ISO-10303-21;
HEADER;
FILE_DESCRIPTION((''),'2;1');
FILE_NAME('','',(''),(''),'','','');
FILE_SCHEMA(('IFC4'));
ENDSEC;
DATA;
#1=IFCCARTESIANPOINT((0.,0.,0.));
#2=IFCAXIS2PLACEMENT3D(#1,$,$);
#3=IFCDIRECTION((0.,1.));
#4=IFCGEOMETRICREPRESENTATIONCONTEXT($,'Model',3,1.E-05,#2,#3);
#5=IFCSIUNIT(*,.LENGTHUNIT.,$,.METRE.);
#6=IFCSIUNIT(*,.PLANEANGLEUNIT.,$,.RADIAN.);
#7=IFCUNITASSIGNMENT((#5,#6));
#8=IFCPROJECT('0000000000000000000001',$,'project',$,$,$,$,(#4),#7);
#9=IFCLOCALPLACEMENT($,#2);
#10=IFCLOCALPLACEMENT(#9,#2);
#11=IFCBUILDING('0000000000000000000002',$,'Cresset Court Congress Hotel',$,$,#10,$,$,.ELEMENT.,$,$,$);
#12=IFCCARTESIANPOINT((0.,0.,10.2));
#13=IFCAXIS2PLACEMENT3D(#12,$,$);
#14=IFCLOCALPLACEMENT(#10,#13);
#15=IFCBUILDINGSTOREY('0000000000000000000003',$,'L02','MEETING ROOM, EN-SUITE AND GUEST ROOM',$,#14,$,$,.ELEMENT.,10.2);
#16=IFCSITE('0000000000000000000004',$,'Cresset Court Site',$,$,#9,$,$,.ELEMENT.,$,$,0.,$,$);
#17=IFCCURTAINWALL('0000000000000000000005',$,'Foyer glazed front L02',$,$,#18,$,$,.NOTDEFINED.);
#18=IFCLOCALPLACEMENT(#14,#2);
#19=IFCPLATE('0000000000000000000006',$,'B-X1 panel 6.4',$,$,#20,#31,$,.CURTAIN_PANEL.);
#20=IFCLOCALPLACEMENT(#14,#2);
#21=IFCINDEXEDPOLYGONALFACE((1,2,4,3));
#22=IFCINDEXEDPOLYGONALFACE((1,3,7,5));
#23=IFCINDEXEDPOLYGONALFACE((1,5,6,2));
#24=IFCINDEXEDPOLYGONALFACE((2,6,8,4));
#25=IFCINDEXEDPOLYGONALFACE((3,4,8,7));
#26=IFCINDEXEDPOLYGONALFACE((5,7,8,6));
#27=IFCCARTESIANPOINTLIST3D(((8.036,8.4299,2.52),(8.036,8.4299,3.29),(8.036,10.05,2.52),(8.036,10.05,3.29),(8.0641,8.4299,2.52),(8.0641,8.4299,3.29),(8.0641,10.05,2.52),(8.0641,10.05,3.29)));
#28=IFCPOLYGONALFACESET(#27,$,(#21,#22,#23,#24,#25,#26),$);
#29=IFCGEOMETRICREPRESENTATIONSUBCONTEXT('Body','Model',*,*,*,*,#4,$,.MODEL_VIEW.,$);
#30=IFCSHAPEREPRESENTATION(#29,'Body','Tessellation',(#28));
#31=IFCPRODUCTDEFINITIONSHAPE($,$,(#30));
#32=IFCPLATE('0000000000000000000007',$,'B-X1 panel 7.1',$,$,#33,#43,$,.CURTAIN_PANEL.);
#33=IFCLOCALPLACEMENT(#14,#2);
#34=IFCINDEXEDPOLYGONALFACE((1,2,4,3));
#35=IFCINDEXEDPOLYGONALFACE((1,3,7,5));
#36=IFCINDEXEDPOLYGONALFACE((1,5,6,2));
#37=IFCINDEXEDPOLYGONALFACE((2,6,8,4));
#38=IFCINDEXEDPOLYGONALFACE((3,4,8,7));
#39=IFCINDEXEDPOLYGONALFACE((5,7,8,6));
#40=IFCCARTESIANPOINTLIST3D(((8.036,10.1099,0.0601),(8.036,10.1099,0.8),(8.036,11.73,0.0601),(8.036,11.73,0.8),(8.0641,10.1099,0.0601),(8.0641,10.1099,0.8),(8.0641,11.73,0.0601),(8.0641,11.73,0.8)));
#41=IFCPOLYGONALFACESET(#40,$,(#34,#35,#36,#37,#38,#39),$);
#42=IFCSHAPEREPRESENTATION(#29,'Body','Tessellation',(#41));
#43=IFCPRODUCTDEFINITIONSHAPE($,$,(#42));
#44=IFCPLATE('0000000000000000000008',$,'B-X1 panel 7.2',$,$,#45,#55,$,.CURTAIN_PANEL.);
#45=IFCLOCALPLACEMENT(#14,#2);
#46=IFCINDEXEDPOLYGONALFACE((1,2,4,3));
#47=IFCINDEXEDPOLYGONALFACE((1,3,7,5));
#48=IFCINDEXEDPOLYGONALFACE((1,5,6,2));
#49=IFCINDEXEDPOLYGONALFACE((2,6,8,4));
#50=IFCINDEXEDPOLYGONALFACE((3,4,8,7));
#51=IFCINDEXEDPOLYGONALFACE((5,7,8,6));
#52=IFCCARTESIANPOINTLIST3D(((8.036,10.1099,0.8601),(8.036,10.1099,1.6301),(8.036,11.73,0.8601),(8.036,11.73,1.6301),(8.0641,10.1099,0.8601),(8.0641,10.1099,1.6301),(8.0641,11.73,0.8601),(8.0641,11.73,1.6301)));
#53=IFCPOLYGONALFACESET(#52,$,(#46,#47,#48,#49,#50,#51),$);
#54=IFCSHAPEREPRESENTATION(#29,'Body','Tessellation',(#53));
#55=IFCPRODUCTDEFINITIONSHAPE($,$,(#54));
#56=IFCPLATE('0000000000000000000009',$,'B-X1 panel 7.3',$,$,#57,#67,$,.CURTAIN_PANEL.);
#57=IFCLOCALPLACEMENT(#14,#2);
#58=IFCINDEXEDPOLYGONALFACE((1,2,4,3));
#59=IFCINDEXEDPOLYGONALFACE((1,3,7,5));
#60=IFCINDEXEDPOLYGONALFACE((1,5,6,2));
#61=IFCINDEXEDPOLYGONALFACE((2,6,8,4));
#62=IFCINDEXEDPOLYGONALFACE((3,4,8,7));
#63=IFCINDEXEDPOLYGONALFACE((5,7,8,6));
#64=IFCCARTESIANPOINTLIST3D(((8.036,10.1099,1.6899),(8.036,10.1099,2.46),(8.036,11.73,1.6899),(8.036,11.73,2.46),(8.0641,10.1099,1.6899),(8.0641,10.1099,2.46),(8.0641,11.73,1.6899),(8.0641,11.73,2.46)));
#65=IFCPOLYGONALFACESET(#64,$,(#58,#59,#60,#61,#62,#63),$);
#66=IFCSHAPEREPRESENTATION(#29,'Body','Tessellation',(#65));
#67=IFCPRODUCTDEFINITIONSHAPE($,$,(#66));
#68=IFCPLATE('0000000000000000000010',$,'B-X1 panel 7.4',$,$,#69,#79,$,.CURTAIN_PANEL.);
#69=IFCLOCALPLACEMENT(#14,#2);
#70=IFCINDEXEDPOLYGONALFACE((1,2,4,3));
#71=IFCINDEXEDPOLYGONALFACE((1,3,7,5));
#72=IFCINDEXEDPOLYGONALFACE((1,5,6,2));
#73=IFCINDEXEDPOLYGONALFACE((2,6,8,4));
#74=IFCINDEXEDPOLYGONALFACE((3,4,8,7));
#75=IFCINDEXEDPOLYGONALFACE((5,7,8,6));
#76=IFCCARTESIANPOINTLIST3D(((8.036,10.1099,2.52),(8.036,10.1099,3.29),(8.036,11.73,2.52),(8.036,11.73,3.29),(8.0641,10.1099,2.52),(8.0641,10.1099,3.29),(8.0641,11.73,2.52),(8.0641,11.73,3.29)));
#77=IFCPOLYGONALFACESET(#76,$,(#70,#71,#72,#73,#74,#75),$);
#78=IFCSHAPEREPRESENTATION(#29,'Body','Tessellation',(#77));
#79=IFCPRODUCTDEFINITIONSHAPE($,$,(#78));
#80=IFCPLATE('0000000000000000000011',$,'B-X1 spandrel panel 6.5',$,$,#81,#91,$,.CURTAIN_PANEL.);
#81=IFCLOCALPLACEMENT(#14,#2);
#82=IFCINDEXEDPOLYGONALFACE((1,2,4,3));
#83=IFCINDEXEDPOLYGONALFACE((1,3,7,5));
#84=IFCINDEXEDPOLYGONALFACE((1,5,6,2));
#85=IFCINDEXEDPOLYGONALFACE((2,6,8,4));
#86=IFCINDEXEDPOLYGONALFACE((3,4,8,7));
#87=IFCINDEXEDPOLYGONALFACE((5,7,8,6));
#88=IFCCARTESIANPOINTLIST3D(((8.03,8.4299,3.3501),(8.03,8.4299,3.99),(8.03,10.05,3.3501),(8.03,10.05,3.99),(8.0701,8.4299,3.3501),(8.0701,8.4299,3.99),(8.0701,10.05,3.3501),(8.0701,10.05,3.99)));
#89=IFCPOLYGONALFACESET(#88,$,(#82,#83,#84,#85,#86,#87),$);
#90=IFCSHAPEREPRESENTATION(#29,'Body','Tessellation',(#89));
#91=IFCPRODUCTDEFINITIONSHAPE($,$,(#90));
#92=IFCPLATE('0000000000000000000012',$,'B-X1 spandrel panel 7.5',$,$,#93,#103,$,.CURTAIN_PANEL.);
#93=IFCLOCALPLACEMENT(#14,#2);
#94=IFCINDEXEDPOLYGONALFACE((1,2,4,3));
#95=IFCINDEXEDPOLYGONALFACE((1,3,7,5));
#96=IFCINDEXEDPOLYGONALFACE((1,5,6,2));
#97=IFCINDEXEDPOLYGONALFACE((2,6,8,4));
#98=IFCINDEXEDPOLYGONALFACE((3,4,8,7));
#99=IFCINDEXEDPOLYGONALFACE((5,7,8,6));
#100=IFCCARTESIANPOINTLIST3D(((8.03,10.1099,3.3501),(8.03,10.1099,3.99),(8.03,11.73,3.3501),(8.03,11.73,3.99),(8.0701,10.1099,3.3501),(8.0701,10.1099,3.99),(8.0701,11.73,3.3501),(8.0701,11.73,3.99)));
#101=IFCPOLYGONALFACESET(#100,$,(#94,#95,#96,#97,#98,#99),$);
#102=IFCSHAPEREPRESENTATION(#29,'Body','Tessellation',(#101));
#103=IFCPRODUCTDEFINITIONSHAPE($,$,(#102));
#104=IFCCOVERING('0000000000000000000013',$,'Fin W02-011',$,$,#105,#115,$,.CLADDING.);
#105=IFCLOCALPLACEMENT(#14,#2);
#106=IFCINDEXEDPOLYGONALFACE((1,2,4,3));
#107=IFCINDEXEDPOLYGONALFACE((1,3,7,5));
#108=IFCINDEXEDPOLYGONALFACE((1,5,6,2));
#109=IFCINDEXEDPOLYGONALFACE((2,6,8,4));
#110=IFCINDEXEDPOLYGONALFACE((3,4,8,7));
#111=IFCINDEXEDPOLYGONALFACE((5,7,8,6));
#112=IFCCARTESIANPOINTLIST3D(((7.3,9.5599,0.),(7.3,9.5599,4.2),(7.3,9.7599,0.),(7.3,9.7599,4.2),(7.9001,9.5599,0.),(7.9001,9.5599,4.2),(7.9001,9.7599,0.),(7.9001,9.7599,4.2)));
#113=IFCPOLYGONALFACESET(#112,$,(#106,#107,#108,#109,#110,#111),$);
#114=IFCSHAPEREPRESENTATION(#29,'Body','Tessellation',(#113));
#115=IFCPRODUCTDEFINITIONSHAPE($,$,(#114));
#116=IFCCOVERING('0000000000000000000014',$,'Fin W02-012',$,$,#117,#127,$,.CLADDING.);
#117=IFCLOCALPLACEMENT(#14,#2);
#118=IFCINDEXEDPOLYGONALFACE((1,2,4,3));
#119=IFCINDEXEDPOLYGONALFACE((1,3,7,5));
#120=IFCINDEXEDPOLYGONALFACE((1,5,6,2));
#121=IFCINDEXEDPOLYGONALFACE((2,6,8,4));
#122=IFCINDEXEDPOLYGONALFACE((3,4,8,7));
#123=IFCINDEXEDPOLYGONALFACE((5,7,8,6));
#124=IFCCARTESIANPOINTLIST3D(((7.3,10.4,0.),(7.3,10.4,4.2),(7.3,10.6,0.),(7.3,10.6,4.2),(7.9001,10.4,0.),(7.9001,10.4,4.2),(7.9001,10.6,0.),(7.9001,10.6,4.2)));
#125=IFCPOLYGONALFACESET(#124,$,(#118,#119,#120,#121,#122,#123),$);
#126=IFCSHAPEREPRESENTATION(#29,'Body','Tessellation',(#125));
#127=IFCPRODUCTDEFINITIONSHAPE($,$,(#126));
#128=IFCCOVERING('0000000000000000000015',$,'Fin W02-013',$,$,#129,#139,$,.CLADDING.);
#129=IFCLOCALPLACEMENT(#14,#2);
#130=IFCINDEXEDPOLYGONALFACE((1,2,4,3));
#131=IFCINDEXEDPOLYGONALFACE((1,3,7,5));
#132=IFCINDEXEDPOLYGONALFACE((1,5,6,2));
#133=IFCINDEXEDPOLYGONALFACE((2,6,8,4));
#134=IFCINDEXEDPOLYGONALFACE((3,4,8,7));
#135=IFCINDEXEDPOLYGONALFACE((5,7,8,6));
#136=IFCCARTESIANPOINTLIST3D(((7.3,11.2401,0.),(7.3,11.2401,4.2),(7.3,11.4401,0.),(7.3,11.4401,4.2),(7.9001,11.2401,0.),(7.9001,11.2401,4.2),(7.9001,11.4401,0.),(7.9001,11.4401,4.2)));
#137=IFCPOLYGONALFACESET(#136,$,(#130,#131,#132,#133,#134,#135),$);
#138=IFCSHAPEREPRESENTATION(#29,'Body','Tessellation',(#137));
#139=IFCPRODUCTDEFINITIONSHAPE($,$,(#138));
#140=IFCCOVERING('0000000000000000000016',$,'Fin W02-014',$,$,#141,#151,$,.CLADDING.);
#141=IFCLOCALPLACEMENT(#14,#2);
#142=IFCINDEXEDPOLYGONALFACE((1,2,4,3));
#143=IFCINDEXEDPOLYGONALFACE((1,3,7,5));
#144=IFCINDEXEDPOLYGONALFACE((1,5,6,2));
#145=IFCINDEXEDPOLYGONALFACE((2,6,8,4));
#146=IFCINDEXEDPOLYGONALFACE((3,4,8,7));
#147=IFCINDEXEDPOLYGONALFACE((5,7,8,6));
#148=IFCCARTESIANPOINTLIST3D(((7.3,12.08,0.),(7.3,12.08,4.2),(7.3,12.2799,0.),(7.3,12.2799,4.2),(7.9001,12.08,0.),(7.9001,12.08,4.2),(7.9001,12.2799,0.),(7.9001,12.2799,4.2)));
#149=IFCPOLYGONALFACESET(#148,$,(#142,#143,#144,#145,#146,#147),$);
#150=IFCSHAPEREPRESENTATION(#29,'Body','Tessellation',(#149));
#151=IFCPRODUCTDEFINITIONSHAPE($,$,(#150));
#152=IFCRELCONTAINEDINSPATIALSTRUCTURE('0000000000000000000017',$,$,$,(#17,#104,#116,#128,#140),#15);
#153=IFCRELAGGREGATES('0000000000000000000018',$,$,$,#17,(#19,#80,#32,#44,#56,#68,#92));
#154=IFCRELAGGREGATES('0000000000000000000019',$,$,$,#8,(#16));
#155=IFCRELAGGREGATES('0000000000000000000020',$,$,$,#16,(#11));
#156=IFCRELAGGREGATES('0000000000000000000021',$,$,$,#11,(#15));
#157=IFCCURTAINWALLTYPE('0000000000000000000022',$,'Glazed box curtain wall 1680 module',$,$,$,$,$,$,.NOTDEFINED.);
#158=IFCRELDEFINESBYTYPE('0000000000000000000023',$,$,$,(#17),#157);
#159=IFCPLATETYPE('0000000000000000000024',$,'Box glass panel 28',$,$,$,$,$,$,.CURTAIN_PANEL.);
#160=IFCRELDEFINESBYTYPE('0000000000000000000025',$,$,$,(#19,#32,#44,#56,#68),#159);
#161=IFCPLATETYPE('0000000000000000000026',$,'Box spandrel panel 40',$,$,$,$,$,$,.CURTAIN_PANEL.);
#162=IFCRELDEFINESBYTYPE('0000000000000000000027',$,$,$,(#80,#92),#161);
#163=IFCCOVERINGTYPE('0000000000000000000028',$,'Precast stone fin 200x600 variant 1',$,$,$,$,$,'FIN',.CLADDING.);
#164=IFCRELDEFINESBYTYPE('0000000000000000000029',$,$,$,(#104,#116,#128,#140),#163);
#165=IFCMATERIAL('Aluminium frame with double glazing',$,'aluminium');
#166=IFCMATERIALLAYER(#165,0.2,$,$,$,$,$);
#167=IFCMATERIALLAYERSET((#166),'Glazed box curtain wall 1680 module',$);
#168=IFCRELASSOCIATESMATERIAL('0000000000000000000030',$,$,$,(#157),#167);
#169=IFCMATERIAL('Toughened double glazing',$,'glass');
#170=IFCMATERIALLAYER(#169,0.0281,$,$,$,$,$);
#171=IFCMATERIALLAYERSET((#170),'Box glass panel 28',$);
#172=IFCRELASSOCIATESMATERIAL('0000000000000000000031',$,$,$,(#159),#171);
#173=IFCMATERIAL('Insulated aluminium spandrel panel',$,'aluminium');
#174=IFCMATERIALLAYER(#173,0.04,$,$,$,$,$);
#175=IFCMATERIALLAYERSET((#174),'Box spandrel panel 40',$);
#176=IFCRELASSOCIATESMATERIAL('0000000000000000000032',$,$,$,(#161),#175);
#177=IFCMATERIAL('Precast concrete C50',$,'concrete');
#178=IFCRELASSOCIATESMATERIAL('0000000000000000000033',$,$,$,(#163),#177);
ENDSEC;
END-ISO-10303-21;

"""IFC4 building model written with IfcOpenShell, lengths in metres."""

from ifc_helpers import new_model, si_unit, direction, frame, origin, origin_2d, place, context, subcontext, project, spatial, rectangle, extrude, material, layer, layer_set, type_object, element, aggregate, save


model = new_model("IFC4")

# Units and contexts
model_context = context("Model", 3, precision=1e-05, world=origin(), true_north=direction((0.0, 1.0)))
body_context = subcontext(model_context, "Body", "Model", "MODEL_VIEW")
ifc_project = project(units=[si_unit("LENGTHUNIT", "METRE"), si_unit("PLANEANGLEUNIT", "RADIAN")], contexts=[model_context])

# Site, building, storey
site_placement = place(None, origin())
site = spatial("IfcSite", under=ifc_project, at=site_placement, Name="Cresset Court Site", CompositionType="ELEMENT", RefElevation=0.0)
building_placement = place(site_placement, origin())
building = spatial("IfcBuilding", under=site, at=building_placement, Name="Cresset Court Congress Hotel", CompositionType="ELEMENT")
storey_placement = place(building_placement, frame((0.0, 0.0, 10.2)))
storey = spatial("IfcBuildingStorey", under=building, at=storey_placement, Name="L02", Description="MEETING ROOM, EN-SUITE AND GUEST ROOM", CompositionType="ELEMENT", Elevation=10.2)

# Curtain wall, plates
ifc_material_1 = material(Name="Aluminium frame with double glazing", Category="aluminium")
ifc_layer_1 = layer(ifc_material_1, 0.2)
ifc_layer_set_1 = layer_set([ifc_layer_1], Name="Glazed box curtain wall 1680 module")
curtain_wall_type = type_object("IfcCurtainWallType", Name="Glazed box curtain wall 1680 module", PredefinedType="NOTDEFINED", material=ifc_layer_set_1)
curtain_wall_placement = place(storey_placement, origin())
curtain_wall = element("IfcCurtainWall", 1, at=curtain_wall_placement, inside=storey, type_object=curtain_wall_type, Name="Foyer glazed front L02", PredefinedType="NOTDEFINED")
ifc_material_2 = material(Name="Toughened double glazing", Category="glass")
ifc_layer_2 = layer(ifc_material_2, 0.0281)
ifc_layer_set_2 = layer_set([ifc_layer_2], Name="Box glass panel 28")
plate_type_1 = type_object("IfcPlateType", Name="Box glass panel 28", PredefinedType="CURTAIN_PANEL", material=ifc_layer_set_2)
plate_1_placement = place(storey_placement, frame((8.05, 9.24, 2.52), z_axis=(0.0, 0.0, 1.0), x_axis=(0.0, 1.0, 0.0)))
plate_1 = element("IfcPlate", 2, at=plate_1_placement, type_object=plate_type_1, Name="B-X1 panel 6.4", PredefinedType="CURTAIN_PANEL", context=body_context, shape_type="SweptSolid", body=[
    extrude(rectangle(XDim=1.6201, YDim=0.0281, at=origin_2d()), origin(), (0.0, 0.0, 1.0), 0.77),
])
plate_2_placement = place(storey_placement, frame((8.05, 10.9199, 0.0601), z_axis=(0.0, 0.0, 1.0), x_axis=(0.0, 1.0, 0.0)))
plate_2 = element("IfcPlate", 3, at=plate_2_placement, type_object=plate_type_1, Name="B-X1 panel 7.1", PredefinedType="CURTAIN_PANEL", context=body_context, shape_type="SweptSolid", body=[
    extrude(rectangle(XDim=1.6201, YDim=0.0281, at=origin_2d()), origin(), (0.0, 0.0, 1.0), 0.74),
])
plate_3_placement = place(storey_placement, frame((8.05, 10.9199, 0.8601), z_axis=(0.0, 0.0, 1.0), x_axis=(0.0, 1.0, 0.0)))
plate_3 = element("IfcPlate", 4, at=plate_3_placement, type_object=plate_type_1, Name="B-X1 panel 7.2", PredefinedType="CURTAIN_PANEL", context=body_context, shape_type="SweptSolid", body=[
    extrude(rectangle(XDim=1.6201, YDim=0.0281, at=origin_2d()), origin(), (0.0, 0.0, 1.0), 0.77),
])
plate_4_placement = place(storey_placement, frame((8.05, 10.9199, 1.6899), z_axis=(0.0, 0.0, 1.0), x_axis=(0.0, 1.0, 0.0)))
plate_4 = element("IfcPlate", 5, at=plate_4_placement, type_object=plate_type_1, Name="B-X1 panel 7.3", PredefinedType="CURTAIN_PANEL", context=body_context, shape_type="SweptSolid", body=[
    extrude(rectangle(XDim=1.6201, YDim=0.0281, at=origin_2d()), origin(), (0.0, 0.0, 1.0), 0.77),
])
plate_5_placement = place(storey_placement, frame((8.05, 10.9199, 2.52), z_axis=(0.0, 0.0, 1.0), x_axis=(0.0, 1.0, 0.0)))
plate_5 = element("IfcPlate", 6, at=plate_5_placement, type_object=plate_type_1, Name="B-X1 panel 7.4", PredefinedType="CURTAIN_PANEL", context=body_context, shape_type="SweptSolid", body=[
    extrude(rectangle(XDim=1.6201, YDim=0.0281, at=origin_2d()), origin(), (0.0, 0.0, 1.0), 0.77),
])
ifc_material_3 = material(Name="Insulated aluminium spandrel panel", Category="aluminium")
ifc_layer_3 = layer(ifc_material_3, 0.04)
ifc_layer_set_3 = layer_set([ifc_layer_3], Name="Box spandrel panel 40")
plate_type_2 = type_object("IfcPlateType", Name="Box spandrel panel 40", PredefinedType="CURTAIN_PANEL", material=ifc_layer_set_3)
plate_6_placement = place(storey_placement, frame((8.05, 9.24, 3.3501), z_axis=(0.0, 0.0, 1.0), x_axis=(0.0, 1.0, 0.0)))
plate_6 = element("IfcPlate", 7, at=plate_6_placement, type_object=plate_type_2, Name="B-X1 spandrel panel 6.5", PredefinedType="CURTAIN_PANEL", context=body_context, shape_type="SweptSolid", body=[
    extrude(rectangle(XDim=1.6201, YDim=0.04, at=origin_2d()), origin(), (0.0, 0.0, 1.0), 0.6399),
])
plate_7_placement = place(storey_placement, frame((8.05, 10.9199, 3.3501), z_axis=(0.0, 0.0, 1.0), x_axis=(0.0, 1.0, 0.0)))
plate_7 = element("IfcPlate", 8, at=plate_7_placement, type_object=plate_type_2, Name="B-X1 spandrel panel 7.5", PredefinedType="CURTAIN_PANEL", context=body_context, shape_type="SweptSolid", body=[
    extrude(rectangle(XDim=1.6201, YDim=0.04, at=origin_2d()), origin(), (0.0, 0.0, 1.0), 0.6399),
])
aggregate(curtain_wall, [plate_1, plate_6, plate_2, plate_3, plate_4, plate_5, plate_7])

# Coverings
ifc_material_4 = material(Name="Precast concrete C50", Category="concrete")
covering_type = type_object("IfcCoveringType", Name="Precast stone fin 200x600 variant 1", ElementType="FIN", PredefinedType="CLADDING", material=ifc_material_4)
for number, where, z_axis, x_axis, name in (
    (9, (7.6001, 9.6599, 0.0), (0.0, 0.0, 1.0), (1.0, 0.0, 0.0), "Fin W02-011"),
    (10, (7.6001, 10.5, 0.0), (0.0, 0.0, 1.0), (1.0, 0.0, 0.0), "Fin W02-012"),
    (11, (7.6001, 11.3401, 0.0), (0.0, 0.0, 1.0), (1.0, 0.0, 0.0), "Fin W02-013"),
    (12, (7.6001, 12.1799, 0.0), (0.0, 0.0, 1.0), (1.0, 0.0, 0.0), "Fin W02-014"),
):
    element("IfcCovering", number, at=place(storey_placement, frame(where, z_axis=z_axis, x_axis=x_axis)), inside=storey, type_object=covering_type, Name=name, PredefinedType="CLADDING", context=body_context, shape_type="SweptSolid", body=[
        extrude(rectangle(XDim=0.6001, YDim=0.2, at=origin_2d()), origin(), (0.0, 0.0, 1.0), 4.2),
    ])

save(model, "model.ifc")
